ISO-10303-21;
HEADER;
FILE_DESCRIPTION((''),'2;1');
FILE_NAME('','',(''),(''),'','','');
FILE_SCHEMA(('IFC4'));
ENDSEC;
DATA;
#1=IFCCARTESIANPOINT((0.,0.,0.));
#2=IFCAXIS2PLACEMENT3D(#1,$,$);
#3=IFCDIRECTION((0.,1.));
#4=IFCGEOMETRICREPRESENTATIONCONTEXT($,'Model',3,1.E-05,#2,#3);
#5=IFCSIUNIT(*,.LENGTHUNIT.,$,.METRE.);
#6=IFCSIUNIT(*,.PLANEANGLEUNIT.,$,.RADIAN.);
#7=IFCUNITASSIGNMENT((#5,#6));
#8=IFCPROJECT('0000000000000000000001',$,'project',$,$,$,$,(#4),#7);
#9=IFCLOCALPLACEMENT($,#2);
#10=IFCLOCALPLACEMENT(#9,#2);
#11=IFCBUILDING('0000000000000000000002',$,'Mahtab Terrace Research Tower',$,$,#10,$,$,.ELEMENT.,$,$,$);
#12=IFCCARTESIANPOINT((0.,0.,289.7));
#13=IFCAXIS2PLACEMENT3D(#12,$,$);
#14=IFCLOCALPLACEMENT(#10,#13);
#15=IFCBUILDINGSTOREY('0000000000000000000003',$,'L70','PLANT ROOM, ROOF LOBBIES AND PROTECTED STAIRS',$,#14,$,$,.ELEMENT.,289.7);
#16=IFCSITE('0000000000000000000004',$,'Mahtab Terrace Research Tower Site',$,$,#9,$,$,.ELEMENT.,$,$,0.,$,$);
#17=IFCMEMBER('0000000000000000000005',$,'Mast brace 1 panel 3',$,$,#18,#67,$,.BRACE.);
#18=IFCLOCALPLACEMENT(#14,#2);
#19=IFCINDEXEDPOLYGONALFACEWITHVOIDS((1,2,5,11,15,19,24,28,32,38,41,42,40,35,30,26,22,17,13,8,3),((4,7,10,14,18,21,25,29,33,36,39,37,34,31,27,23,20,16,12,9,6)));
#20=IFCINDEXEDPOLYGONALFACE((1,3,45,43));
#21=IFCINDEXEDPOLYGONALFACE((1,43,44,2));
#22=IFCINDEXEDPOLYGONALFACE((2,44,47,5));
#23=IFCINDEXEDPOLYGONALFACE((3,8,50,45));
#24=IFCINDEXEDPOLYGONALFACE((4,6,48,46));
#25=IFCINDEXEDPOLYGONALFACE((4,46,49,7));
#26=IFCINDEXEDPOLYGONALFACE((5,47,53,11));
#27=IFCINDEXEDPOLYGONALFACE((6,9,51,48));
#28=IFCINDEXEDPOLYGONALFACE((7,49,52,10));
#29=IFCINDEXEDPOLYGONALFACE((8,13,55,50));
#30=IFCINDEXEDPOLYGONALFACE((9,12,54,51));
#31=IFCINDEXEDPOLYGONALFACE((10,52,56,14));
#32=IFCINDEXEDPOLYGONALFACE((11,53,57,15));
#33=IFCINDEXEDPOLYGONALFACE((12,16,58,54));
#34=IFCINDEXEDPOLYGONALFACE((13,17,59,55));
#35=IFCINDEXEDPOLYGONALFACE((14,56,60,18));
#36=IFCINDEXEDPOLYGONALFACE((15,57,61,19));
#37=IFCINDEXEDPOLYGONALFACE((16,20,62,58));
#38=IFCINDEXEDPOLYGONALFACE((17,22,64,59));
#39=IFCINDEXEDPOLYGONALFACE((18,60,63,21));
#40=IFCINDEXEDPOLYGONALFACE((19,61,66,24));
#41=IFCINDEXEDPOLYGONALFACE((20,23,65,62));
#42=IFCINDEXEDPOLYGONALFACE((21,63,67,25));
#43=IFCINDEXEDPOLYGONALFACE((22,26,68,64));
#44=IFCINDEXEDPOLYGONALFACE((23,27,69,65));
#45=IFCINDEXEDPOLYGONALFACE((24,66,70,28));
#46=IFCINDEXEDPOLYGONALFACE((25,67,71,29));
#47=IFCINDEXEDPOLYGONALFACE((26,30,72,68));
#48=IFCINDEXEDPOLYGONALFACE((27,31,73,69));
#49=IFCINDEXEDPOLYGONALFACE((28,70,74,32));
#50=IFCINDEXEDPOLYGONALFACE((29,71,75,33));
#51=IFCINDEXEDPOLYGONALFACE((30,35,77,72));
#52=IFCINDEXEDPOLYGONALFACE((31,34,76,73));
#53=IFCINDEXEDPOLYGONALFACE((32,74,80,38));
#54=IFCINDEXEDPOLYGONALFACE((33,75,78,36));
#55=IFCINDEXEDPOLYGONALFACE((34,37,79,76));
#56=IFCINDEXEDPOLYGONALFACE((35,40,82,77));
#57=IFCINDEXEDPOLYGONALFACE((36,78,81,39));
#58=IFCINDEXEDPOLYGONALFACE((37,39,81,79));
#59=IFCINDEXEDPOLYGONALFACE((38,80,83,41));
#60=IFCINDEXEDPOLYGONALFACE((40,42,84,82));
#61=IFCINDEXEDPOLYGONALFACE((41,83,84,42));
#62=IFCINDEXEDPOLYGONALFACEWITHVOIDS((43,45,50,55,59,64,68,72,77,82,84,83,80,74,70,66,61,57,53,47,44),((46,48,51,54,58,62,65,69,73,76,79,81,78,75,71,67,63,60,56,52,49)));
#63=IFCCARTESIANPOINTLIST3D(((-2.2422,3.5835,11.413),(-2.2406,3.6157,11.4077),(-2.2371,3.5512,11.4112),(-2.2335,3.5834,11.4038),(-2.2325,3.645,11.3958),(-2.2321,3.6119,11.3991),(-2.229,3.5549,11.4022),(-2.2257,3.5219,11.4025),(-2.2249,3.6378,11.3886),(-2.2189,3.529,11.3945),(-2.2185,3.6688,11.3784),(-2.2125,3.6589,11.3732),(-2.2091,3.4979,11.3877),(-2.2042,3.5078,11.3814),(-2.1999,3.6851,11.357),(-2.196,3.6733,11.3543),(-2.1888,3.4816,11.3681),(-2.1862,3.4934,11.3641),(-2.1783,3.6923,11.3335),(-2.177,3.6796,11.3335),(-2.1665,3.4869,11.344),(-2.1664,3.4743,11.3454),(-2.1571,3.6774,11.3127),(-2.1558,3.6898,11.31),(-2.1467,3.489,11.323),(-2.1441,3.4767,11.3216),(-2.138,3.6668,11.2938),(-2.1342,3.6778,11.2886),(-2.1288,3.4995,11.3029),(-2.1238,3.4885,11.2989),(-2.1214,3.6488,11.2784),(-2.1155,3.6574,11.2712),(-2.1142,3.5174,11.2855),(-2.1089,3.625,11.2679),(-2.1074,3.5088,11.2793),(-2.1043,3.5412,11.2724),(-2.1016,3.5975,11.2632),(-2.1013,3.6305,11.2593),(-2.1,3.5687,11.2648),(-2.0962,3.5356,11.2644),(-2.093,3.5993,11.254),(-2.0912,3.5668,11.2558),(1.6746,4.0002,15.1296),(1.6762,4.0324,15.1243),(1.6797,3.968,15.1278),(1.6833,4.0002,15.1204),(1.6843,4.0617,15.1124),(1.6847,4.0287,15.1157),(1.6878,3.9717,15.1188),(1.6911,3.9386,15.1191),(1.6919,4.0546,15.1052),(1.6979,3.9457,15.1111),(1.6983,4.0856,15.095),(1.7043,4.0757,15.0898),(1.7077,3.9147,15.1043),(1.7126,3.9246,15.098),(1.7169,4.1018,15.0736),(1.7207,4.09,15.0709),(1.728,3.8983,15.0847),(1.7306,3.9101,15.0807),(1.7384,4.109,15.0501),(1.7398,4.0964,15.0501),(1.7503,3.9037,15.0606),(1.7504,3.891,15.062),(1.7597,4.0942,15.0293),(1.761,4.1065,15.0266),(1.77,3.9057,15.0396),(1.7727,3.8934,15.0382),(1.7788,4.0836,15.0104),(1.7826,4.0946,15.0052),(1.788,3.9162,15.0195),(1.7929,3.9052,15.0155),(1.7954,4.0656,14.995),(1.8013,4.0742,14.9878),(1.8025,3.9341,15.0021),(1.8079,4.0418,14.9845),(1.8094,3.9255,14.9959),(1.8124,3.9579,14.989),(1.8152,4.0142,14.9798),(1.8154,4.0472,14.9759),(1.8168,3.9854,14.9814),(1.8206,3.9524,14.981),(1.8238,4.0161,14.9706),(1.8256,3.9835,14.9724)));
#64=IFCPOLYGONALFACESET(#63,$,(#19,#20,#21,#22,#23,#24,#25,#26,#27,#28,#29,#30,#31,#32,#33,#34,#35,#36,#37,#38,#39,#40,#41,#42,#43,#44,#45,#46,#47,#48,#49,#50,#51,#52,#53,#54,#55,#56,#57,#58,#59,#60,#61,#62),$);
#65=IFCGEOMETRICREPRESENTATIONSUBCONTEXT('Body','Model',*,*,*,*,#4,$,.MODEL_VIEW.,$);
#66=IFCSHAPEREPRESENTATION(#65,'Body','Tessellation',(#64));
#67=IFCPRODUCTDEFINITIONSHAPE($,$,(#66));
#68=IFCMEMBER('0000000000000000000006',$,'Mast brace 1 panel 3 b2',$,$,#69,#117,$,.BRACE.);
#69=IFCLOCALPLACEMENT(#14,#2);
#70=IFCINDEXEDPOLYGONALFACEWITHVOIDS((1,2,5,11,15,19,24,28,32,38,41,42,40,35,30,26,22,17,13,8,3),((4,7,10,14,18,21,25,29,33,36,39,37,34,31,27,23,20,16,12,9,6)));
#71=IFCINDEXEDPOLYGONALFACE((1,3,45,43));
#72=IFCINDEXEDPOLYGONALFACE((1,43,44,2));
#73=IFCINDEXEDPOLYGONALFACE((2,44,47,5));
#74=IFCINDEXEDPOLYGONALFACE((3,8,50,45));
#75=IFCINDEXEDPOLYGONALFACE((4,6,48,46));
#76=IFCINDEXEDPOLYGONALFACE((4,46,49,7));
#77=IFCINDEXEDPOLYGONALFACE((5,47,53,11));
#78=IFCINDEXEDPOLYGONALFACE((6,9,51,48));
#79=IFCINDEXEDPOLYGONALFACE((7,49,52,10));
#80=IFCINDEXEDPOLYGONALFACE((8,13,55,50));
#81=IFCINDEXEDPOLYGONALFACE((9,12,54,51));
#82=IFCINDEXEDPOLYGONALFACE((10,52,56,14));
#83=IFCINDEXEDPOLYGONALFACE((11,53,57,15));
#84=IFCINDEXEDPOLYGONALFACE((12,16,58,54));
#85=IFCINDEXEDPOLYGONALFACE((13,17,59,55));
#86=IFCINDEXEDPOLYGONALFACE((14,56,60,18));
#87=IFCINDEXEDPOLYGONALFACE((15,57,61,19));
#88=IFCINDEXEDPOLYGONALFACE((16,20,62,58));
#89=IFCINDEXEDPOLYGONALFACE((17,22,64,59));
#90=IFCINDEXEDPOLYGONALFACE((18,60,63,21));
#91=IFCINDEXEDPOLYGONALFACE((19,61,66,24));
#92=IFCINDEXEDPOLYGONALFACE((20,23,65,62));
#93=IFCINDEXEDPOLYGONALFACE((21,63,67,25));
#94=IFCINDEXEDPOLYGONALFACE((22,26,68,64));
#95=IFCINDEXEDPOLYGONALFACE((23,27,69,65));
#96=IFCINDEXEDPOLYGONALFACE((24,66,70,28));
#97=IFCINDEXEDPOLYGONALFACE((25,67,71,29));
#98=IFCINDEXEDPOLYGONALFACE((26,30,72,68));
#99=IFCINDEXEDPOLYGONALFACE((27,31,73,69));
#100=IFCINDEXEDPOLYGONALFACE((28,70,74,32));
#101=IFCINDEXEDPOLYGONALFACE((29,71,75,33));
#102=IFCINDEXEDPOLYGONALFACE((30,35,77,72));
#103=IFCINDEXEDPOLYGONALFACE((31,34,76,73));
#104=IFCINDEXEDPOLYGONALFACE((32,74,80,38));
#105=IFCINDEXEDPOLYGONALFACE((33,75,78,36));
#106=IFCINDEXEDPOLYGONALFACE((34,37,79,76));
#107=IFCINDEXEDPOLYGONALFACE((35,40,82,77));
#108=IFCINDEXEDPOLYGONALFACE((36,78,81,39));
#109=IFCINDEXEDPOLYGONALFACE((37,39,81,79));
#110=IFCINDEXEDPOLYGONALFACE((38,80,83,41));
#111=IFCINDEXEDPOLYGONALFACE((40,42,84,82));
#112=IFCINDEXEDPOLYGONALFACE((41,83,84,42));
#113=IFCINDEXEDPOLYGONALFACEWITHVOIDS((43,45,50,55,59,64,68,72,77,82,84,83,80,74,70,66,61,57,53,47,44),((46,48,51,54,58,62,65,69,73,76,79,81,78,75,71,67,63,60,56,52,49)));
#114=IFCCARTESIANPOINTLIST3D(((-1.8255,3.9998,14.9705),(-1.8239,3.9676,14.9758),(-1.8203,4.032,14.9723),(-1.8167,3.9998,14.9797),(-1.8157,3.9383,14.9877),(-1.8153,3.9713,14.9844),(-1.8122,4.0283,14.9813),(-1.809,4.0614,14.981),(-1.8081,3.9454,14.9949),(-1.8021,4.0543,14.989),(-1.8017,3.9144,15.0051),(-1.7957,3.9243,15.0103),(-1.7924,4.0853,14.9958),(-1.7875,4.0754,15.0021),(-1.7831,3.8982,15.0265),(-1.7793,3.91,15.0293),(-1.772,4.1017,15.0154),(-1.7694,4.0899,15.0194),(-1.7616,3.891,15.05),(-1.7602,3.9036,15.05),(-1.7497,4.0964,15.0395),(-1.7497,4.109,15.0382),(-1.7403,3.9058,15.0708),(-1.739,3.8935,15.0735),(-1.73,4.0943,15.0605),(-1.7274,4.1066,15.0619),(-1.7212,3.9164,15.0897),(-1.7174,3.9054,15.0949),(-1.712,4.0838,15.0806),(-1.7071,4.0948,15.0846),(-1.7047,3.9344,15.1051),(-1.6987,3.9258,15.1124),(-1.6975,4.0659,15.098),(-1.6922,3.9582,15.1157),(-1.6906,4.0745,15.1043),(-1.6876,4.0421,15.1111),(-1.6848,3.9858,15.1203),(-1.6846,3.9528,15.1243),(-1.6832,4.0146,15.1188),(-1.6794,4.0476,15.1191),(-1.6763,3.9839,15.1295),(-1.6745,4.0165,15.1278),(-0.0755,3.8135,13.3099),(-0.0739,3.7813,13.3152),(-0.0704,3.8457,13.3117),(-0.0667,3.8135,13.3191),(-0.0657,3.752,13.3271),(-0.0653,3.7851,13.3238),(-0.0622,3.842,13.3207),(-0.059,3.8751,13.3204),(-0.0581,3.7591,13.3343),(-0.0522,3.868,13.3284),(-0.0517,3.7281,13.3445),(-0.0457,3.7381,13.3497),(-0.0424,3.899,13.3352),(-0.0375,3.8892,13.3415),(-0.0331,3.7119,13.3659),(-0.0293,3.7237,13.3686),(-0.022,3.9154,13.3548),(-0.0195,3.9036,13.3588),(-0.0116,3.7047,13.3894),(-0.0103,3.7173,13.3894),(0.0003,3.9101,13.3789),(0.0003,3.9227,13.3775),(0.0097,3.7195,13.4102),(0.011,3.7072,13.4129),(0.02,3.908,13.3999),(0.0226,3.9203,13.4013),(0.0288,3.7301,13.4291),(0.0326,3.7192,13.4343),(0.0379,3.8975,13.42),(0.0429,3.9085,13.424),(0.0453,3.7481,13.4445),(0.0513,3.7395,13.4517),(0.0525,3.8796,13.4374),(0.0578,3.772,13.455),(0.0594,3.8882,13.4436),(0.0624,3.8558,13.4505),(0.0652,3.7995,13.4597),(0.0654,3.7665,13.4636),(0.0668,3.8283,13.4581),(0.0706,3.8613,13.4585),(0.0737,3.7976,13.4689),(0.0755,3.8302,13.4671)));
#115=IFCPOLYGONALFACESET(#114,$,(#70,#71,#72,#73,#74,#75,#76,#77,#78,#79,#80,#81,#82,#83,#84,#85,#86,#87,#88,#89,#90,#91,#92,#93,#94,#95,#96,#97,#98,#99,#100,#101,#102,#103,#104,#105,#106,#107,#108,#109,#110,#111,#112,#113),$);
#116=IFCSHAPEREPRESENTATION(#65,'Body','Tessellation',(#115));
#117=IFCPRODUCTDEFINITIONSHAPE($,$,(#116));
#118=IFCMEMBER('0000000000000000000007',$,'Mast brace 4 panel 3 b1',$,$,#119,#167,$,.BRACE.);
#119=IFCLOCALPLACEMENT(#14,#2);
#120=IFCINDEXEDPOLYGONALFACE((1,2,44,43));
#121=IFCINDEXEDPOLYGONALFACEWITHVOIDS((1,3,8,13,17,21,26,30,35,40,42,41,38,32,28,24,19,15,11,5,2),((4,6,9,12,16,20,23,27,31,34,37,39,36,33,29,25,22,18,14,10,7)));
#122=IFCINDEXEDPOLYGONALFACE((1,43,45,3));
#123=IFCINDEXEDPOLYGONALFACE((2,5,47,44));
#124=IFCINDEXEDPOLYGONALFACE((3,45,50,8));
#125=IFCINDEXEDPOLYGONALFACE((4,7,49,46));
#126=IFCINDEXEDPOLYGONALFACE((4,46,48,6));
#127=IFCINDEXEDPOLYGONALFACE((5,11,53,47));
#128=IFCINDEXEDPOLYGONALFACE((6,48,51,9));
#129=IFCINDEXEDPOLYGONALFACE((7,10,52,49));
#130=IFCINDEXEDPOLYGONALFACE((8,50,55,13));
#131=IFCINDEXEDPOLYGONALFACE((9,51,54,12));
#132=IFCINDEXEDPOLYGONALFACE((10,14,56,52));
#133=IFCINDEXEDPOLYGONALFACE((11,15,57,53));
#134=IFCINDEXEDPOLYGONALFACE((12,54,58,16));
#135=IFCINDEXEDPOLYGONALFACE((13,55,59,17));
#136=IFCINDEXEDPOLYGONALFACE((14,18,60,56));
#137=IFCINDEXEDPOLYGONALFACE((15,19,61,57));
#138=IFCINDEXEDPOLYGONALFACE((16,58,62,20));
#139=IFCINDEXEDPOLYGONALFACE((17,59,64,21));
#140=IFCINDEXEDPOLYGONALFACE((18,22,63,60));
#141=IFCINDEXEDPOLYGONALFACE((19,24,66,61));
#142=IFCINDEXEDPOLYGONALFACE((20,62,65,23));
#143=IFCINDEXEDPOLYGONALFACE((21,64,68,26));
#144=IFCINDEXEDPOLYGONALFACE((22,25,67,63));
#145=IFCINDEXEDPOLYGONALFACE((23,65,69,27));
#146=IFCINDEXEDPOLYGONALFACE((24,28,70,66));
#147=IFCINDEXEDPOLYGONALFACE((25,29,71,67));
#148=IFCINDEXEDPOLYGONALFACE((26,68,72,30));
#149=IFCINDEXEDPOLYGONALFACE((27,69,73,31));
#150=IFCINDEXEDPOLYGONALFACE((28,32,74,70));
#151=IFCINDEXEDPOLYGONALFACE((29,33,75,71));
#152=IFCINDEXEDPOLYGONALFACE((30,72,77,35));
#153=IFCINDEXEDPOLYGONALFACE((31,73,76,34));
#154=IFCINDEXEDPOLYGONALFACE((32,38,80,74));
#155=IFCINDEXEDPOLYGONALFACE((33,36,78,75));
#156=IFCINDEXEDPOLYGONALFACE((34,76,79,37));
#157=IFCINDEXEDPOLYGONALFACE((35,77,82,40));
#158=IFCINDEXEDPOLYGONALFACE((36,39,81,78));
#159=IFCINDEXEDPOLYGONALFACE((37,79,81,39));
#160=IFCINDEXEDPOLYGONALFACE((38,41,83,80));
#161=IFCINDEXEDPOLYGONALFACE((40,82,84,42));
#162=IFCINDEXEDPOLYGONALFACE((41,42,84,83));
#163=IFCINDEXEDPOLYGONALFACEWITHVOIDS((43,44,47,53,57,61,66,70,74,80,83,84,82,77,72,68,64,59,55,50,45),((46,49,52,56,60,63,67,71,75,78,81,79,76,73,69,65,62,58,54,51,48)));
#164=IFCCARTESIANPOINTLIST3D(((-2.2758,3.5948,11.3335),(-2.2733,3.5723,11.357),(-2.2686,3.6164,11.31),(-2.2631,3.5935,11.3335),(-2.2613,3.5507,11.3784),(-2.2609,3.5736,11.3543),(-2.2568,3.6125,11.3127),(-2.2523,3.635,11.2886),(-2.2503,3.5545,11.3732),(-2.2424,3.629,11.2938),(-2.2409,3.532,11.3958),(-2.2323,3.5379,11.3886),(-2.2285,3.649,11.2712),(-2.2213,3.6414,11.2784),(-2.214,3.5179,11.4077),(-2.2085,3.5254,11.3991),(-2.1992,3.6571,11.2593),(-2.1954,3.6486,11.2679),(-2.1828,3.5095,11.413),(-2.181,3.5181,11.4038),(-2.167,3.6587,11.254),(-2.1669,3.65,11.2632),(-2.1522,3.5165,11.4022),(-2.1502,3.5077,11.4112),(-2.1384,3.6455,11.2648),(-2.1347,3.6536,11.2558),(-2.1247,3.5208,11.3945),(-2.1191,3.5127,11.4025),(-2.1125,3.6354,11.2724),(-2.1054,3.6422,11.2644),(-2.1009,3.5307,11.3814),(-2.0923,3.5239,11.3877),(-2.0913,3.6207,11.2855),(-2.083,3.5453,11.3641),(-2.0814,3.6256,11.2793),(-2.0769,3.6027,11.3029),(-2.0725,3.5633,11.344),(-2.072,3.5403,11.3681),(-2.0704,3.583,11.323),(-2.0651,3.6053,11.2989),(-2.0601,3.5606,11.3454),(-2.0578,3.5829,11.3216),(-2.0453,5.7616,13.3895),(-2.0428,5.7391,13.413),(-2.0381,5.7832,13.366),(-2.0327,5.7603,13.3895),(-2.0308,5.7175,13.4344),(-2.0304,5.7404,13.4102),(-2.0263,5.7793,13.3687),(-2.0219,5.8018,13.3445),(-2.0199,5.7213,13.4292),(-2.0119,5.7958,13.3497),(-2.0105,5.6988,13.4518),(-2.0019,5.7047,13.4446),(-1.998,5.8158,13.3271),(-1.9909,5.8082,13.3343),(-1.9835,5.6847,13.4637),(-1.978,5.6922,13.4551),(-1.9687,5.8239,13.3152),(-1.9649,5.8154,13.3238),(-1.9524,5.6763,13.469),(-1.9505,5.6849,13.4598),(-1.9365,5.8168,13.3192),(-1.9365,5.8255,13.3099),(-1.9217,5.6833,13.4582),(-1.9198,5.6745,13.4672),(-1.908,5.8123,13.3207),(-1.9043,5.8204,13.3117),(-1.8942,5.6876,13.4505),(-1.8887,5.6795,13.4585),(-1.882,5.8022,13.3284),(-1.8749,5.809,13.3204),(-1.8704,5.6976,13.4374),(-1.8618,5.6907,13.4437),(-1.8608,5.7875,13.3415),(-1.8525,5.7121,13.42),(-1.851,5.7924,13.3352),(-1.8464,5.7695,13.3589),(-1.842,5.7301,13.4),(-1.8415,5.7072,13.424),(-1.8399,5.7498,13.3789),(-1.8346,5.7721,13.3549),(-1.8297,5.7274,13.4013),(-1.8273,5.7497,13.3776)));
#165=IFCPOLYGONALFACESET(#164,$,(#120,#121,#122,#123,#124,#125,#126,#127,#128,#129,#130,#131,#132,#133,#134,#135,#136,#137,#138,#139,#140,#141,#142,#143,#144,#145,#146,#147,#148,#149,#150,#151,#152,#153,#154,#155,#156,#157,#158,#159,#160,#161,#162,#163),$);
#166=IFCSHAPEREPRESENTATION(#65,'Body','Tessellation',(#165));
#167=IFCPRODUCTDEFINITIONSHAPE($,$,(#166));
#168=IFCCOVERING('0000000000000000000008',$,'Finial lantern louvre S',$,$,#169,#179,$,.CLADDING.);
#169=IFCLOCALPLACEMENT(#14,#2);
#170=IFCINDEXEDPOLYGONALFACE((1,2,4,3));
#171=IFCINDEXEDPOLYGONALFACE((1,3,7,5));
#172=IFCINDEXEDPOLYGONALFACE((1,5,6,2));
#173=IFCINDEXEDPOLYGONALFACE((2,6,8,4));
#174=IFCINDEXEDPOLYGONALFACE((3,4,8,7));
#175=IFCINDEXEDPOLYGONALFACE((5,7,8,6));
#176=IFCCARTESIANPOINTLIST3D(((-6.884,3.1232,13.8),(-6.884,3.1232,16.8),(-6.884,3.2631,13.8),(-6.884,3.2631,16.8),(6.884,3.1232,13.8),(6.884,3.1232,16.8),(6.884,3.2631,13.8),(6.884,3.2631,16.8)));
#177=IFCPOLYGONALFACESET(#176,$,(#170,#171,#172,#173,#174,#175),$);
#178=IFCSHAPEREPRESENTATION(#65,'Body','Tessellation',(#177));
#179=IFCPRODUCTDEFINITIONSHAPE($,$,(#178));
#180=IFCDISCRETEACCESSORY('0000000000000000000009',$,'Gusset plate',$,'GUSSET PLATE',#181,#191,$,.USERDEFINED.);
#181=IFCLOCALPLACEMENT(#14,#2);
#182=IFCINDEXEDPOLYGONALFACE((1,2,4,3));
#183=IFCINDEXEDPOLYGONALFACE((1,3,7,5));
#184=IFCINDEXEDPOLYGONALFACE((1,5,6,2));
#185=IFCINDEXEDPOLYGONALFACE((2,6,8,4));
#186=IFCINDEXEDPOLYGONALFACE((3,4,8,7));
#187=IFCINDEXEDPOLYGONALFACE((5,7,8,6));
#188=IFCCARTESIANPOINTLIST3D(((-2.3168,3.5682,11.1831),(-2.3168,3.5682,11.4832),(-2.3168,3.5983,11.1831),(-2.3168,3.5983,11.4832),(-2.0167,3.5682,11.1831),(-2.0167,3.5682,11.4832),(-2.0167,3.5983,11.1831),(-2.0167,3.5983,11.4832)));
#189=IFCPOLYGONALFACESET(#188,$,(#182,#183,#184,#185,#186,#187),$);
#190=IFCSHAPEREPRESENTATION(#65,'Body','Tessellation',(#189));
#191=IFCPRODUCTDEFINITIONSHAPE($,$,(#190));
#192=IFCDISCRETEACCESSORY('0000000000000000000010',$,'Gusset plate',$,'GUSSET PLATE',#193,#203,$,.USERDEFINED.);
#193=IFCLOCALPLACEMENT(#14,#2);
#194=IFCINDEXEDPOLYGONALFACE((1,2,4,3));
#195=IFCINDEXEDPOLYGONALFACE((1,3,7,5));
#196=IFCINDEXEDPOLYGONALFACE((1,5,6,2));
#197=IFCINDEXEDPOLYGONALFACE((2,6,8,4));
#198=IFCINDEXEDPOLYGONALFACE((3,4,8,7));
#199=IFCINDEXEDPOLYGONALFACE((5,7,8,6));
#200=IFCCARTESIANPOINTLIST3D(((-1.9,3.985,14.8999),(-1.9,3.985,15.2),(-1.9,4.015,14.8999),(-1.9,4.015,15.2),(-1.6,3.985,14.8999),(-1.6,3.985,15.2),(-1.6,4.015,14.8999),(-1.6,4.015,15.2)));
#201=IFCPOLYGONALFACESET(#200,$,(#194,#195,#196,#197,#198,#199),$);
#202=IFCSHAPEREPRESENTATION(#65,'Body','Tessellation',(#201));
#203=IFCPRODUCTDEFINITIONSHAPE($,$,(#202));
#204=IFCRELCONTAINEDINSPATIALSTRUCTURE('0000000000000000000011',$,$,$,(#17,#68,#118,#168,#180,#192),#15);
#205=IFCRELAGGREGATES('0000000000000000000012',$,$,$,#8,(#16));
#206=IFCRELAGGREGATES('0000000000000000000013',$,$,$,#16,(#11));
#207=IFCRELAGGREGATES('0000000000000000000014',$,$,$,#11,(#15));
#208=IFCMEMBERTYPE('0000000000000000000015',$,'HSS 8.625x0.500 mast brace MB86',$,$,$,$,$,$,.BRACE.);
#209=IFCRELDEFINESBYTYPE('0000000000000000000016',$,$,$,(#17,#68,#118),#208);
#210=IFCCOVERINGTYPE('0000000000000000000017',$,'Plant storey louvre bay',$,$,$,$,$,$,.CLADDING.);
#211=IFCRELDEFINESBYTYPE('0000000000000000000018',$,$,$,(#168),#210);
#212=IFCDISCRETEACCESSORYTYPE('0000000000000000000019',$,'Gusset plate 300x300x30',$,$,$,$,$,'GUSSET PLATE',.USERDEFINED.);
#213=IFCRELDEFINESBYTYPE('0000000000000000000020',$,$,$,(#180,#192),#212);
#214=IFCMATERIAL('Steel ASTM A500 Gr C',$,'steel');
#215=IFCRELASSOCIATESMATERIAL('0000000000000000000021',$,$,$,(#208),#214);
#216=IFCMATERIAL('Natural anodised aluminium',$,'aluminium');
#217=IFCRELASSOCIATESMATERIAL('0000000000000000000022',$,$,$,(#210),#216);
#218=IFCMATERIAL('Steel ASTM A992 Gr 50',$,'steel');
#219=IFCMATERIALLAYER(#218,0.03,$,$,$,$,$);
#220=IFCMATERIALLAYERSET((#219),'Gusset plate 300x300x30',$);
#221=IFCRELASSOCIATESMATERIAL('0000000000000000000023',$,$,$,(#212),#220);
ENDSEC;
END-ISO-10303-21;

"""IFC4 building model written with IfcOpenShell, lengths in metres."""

from ifc_helpers import new_model, si_unit, direction, frame, origin, origin_2d, place, context, subcontext, project, spatial, rectangle, hollow_circle, extrude, material, layer, layer_set, material_profile, profile_set, type_object, element, save


model = new_model("IFC4")

# Units and contexts
model_context = context("Model", 3, precision=1e-05, world=origin(), true_north=direction((0.0, 1.0)))
body_context = subcontext(model_context, "Body", "Model", "MODEL_VIEW")
ifc_project = project(units=[si_unit("LENGTHUNIT", "METRE"), si_unit("PLANEANGLEUNIT", "RADIAN")], contexts=[model_context])

# Site, building, storey
site_placement = place(None, origin())
site = spatial("IfcSite", under=ifc_project, at=site_placement, Name="Mahtab Terrace Research Tower Site", CompositionType="ELEMENT", RefElevation=0.0)
building_placement = place(site_placement, origin())
building = spatial("IfcBuilding", under=site, at=building_placement, Name="Mahtab Terrace Research Tower", CompositionType="ELEMENT")
storey_placement = place(building_placement, frame((0.0, 0.0, 289.7)))
storey = spatial("IfcBuildingStorey", under=building, at=storey_placement, Name="L70", Description="PLANT ROOM, ROOF LOBBIES AND PROTECTED STAIRS", CompositionType="ELEMENT", Elevation=289.7)

# Members
ifc_material_1 = material(Name="Steel ASTM A500 Gr C", Category="steel")
ifc_material_profile_1 = material_profile(ifc_material_1, hollow_circle(Radius=0.1096, WallThickness=0.0127, at=origin_2d()), Name="HSS8.625X0.500")
ifc_profile_set_1 = profile_set([ifc_material_profile_1], Name="Steel ASTM A500 Gr C")
member_type_1 = type_object("IfcMemberType", Name="HSS 8.625x0.500 mast brace MB86", PredefinedType="BRACE", material=ifc_profile_set_1)
member_1_placement = place(storey_placement, frame((-2.1667, 3.5833, 11.3335), z_axis=(0.723251, 0.076955, 0.686284), x_axis=(-0.105804, 0.994387, 0.0)))
element("IfcMember", 1, at=member_1_placement, inside=storey, type_object=member_type_1, Name="Mast brace 1 panel 3", PredefinedType="BRACE", context=body_context, shape_type="SweptSolid", body=[
    extrude(hollow_circle(Radius=0.1096, WallThickness=0.0127, at=origin_2d()), origin(), (0.0, 0.0, 1.0), 5.4155),
])
member_2_placement = place(storey_placement, frame((0.0, 3.8137, 13.3894), z_axis=(-0.723231, 0.076985, 0.686302), x_axis=(-0.105847, -0.994382, 0.0)))
element("IfcMember", 2, at=member_2_placement, inside=storey, type_object=member_type_1, Name="Mast brace 1 panel 3 b2", PredefinedType="BRACE", context=body_context, shape_type="SweptSolid", body=[
    extrude(hollow_circle(Radius=0.1096, WallThickness=0.0127, at=origin_2d()), origin(), (0.0, 0.0, 1.0), 2.4197),
])
member_3_placement = place(storey_placement, frame((-2.1667, 3.5833, 11.3335), z_axis=(0.076931, 0.723268, 0.686269), x_axis=(-0.994391, 0.10577, 0.0)))
element("IfcMember", 3, at=member_3_placement, inside=storey, type_object=member_type_1, Name="Mast brace 4 panel 3 b1", PredefinedType="BRACE", context=body_context, shape_type="SweptSolid", body=[
    extrude(hollow_circle(Radius=0.1096, WallThickness=0.0127, at=origin_2d()), origin(), (0.0, 0.0, 1.0), 2.9958),
])

# Covering
ifc_material_2 = material(Name="Natural anodised aluminium", Category="aluminium")
covering_type = type_object("IfcCoveringType", Name="Plant storey louvre bay", PredefinedType="CLADDING", material=ifc_material_2)
covering_placement = place(storey_placement, frame((0.0, 3.1931, 13.8), z_axis=(0.0, 0.0, 1.0), x_axis=(1.0, 0.0, 0.0)))
element("IfcCovering", 4, at=covering_placement, inside=storey, type_object=covering_type, Name="Finial lantern louvre S", PredefinedType="CLADDING", context=body_context, shape_type="SweptSolid", body=[
    extrude(rectangle(XDim=13.7681, YDim=0.1399, at=origin_2d()), origin(), (0.0, 0.0, 1.0), 3.0),
])

# Discrete accessories
ifc_material_3 = material(Name="Steel ASTM A992 Gr 50", Category="steel")
ifc_layer = layer(ifc_material_3, 0.03)
ifc_layer_set = layer_set([ifc_layer], Name="Gusset plate 300x300x30")
discrete_accessory_type = type_object("IfcDiscreteAccessoryType", Name="Gusset plate 300x300x30", ElementType="GUSSET PLATE", PredefinedType="USERDEFINED", material=ifc_layer_set)
for number, where, z_axis, x_axis, name in (
    (5, (-2.1667, 3.5833, 11.1831), (0.0, 0.0, 1.0), (1.0, 0.0, 0.0), "Gusset plate"),
    (6, (-1.75, 4.0, 14.8999), (0.0, 0.0, 1.0), (1.0, 0.0, 0.0), "Gusset plate"),
):
    element("IfcDiscreteAccessory", number, at=place(storey_placement, frame(where, z_axis=z_axis, x_axis=x_axis)), inside=storey, type_object=discrete_accessory_type, Name=name, ObjectType="GUSSET PLATE", PredefinedType="USERDEFINED", context=body_context, shape_type="SweptSolid", body=[
        extrude(rectangle(XDim=0.3, YDim=0.03, at=origin_2d()), origin(), (0.0, 0.0, 1.0), 0.3),
    ])

save(model, "model.ifc")
